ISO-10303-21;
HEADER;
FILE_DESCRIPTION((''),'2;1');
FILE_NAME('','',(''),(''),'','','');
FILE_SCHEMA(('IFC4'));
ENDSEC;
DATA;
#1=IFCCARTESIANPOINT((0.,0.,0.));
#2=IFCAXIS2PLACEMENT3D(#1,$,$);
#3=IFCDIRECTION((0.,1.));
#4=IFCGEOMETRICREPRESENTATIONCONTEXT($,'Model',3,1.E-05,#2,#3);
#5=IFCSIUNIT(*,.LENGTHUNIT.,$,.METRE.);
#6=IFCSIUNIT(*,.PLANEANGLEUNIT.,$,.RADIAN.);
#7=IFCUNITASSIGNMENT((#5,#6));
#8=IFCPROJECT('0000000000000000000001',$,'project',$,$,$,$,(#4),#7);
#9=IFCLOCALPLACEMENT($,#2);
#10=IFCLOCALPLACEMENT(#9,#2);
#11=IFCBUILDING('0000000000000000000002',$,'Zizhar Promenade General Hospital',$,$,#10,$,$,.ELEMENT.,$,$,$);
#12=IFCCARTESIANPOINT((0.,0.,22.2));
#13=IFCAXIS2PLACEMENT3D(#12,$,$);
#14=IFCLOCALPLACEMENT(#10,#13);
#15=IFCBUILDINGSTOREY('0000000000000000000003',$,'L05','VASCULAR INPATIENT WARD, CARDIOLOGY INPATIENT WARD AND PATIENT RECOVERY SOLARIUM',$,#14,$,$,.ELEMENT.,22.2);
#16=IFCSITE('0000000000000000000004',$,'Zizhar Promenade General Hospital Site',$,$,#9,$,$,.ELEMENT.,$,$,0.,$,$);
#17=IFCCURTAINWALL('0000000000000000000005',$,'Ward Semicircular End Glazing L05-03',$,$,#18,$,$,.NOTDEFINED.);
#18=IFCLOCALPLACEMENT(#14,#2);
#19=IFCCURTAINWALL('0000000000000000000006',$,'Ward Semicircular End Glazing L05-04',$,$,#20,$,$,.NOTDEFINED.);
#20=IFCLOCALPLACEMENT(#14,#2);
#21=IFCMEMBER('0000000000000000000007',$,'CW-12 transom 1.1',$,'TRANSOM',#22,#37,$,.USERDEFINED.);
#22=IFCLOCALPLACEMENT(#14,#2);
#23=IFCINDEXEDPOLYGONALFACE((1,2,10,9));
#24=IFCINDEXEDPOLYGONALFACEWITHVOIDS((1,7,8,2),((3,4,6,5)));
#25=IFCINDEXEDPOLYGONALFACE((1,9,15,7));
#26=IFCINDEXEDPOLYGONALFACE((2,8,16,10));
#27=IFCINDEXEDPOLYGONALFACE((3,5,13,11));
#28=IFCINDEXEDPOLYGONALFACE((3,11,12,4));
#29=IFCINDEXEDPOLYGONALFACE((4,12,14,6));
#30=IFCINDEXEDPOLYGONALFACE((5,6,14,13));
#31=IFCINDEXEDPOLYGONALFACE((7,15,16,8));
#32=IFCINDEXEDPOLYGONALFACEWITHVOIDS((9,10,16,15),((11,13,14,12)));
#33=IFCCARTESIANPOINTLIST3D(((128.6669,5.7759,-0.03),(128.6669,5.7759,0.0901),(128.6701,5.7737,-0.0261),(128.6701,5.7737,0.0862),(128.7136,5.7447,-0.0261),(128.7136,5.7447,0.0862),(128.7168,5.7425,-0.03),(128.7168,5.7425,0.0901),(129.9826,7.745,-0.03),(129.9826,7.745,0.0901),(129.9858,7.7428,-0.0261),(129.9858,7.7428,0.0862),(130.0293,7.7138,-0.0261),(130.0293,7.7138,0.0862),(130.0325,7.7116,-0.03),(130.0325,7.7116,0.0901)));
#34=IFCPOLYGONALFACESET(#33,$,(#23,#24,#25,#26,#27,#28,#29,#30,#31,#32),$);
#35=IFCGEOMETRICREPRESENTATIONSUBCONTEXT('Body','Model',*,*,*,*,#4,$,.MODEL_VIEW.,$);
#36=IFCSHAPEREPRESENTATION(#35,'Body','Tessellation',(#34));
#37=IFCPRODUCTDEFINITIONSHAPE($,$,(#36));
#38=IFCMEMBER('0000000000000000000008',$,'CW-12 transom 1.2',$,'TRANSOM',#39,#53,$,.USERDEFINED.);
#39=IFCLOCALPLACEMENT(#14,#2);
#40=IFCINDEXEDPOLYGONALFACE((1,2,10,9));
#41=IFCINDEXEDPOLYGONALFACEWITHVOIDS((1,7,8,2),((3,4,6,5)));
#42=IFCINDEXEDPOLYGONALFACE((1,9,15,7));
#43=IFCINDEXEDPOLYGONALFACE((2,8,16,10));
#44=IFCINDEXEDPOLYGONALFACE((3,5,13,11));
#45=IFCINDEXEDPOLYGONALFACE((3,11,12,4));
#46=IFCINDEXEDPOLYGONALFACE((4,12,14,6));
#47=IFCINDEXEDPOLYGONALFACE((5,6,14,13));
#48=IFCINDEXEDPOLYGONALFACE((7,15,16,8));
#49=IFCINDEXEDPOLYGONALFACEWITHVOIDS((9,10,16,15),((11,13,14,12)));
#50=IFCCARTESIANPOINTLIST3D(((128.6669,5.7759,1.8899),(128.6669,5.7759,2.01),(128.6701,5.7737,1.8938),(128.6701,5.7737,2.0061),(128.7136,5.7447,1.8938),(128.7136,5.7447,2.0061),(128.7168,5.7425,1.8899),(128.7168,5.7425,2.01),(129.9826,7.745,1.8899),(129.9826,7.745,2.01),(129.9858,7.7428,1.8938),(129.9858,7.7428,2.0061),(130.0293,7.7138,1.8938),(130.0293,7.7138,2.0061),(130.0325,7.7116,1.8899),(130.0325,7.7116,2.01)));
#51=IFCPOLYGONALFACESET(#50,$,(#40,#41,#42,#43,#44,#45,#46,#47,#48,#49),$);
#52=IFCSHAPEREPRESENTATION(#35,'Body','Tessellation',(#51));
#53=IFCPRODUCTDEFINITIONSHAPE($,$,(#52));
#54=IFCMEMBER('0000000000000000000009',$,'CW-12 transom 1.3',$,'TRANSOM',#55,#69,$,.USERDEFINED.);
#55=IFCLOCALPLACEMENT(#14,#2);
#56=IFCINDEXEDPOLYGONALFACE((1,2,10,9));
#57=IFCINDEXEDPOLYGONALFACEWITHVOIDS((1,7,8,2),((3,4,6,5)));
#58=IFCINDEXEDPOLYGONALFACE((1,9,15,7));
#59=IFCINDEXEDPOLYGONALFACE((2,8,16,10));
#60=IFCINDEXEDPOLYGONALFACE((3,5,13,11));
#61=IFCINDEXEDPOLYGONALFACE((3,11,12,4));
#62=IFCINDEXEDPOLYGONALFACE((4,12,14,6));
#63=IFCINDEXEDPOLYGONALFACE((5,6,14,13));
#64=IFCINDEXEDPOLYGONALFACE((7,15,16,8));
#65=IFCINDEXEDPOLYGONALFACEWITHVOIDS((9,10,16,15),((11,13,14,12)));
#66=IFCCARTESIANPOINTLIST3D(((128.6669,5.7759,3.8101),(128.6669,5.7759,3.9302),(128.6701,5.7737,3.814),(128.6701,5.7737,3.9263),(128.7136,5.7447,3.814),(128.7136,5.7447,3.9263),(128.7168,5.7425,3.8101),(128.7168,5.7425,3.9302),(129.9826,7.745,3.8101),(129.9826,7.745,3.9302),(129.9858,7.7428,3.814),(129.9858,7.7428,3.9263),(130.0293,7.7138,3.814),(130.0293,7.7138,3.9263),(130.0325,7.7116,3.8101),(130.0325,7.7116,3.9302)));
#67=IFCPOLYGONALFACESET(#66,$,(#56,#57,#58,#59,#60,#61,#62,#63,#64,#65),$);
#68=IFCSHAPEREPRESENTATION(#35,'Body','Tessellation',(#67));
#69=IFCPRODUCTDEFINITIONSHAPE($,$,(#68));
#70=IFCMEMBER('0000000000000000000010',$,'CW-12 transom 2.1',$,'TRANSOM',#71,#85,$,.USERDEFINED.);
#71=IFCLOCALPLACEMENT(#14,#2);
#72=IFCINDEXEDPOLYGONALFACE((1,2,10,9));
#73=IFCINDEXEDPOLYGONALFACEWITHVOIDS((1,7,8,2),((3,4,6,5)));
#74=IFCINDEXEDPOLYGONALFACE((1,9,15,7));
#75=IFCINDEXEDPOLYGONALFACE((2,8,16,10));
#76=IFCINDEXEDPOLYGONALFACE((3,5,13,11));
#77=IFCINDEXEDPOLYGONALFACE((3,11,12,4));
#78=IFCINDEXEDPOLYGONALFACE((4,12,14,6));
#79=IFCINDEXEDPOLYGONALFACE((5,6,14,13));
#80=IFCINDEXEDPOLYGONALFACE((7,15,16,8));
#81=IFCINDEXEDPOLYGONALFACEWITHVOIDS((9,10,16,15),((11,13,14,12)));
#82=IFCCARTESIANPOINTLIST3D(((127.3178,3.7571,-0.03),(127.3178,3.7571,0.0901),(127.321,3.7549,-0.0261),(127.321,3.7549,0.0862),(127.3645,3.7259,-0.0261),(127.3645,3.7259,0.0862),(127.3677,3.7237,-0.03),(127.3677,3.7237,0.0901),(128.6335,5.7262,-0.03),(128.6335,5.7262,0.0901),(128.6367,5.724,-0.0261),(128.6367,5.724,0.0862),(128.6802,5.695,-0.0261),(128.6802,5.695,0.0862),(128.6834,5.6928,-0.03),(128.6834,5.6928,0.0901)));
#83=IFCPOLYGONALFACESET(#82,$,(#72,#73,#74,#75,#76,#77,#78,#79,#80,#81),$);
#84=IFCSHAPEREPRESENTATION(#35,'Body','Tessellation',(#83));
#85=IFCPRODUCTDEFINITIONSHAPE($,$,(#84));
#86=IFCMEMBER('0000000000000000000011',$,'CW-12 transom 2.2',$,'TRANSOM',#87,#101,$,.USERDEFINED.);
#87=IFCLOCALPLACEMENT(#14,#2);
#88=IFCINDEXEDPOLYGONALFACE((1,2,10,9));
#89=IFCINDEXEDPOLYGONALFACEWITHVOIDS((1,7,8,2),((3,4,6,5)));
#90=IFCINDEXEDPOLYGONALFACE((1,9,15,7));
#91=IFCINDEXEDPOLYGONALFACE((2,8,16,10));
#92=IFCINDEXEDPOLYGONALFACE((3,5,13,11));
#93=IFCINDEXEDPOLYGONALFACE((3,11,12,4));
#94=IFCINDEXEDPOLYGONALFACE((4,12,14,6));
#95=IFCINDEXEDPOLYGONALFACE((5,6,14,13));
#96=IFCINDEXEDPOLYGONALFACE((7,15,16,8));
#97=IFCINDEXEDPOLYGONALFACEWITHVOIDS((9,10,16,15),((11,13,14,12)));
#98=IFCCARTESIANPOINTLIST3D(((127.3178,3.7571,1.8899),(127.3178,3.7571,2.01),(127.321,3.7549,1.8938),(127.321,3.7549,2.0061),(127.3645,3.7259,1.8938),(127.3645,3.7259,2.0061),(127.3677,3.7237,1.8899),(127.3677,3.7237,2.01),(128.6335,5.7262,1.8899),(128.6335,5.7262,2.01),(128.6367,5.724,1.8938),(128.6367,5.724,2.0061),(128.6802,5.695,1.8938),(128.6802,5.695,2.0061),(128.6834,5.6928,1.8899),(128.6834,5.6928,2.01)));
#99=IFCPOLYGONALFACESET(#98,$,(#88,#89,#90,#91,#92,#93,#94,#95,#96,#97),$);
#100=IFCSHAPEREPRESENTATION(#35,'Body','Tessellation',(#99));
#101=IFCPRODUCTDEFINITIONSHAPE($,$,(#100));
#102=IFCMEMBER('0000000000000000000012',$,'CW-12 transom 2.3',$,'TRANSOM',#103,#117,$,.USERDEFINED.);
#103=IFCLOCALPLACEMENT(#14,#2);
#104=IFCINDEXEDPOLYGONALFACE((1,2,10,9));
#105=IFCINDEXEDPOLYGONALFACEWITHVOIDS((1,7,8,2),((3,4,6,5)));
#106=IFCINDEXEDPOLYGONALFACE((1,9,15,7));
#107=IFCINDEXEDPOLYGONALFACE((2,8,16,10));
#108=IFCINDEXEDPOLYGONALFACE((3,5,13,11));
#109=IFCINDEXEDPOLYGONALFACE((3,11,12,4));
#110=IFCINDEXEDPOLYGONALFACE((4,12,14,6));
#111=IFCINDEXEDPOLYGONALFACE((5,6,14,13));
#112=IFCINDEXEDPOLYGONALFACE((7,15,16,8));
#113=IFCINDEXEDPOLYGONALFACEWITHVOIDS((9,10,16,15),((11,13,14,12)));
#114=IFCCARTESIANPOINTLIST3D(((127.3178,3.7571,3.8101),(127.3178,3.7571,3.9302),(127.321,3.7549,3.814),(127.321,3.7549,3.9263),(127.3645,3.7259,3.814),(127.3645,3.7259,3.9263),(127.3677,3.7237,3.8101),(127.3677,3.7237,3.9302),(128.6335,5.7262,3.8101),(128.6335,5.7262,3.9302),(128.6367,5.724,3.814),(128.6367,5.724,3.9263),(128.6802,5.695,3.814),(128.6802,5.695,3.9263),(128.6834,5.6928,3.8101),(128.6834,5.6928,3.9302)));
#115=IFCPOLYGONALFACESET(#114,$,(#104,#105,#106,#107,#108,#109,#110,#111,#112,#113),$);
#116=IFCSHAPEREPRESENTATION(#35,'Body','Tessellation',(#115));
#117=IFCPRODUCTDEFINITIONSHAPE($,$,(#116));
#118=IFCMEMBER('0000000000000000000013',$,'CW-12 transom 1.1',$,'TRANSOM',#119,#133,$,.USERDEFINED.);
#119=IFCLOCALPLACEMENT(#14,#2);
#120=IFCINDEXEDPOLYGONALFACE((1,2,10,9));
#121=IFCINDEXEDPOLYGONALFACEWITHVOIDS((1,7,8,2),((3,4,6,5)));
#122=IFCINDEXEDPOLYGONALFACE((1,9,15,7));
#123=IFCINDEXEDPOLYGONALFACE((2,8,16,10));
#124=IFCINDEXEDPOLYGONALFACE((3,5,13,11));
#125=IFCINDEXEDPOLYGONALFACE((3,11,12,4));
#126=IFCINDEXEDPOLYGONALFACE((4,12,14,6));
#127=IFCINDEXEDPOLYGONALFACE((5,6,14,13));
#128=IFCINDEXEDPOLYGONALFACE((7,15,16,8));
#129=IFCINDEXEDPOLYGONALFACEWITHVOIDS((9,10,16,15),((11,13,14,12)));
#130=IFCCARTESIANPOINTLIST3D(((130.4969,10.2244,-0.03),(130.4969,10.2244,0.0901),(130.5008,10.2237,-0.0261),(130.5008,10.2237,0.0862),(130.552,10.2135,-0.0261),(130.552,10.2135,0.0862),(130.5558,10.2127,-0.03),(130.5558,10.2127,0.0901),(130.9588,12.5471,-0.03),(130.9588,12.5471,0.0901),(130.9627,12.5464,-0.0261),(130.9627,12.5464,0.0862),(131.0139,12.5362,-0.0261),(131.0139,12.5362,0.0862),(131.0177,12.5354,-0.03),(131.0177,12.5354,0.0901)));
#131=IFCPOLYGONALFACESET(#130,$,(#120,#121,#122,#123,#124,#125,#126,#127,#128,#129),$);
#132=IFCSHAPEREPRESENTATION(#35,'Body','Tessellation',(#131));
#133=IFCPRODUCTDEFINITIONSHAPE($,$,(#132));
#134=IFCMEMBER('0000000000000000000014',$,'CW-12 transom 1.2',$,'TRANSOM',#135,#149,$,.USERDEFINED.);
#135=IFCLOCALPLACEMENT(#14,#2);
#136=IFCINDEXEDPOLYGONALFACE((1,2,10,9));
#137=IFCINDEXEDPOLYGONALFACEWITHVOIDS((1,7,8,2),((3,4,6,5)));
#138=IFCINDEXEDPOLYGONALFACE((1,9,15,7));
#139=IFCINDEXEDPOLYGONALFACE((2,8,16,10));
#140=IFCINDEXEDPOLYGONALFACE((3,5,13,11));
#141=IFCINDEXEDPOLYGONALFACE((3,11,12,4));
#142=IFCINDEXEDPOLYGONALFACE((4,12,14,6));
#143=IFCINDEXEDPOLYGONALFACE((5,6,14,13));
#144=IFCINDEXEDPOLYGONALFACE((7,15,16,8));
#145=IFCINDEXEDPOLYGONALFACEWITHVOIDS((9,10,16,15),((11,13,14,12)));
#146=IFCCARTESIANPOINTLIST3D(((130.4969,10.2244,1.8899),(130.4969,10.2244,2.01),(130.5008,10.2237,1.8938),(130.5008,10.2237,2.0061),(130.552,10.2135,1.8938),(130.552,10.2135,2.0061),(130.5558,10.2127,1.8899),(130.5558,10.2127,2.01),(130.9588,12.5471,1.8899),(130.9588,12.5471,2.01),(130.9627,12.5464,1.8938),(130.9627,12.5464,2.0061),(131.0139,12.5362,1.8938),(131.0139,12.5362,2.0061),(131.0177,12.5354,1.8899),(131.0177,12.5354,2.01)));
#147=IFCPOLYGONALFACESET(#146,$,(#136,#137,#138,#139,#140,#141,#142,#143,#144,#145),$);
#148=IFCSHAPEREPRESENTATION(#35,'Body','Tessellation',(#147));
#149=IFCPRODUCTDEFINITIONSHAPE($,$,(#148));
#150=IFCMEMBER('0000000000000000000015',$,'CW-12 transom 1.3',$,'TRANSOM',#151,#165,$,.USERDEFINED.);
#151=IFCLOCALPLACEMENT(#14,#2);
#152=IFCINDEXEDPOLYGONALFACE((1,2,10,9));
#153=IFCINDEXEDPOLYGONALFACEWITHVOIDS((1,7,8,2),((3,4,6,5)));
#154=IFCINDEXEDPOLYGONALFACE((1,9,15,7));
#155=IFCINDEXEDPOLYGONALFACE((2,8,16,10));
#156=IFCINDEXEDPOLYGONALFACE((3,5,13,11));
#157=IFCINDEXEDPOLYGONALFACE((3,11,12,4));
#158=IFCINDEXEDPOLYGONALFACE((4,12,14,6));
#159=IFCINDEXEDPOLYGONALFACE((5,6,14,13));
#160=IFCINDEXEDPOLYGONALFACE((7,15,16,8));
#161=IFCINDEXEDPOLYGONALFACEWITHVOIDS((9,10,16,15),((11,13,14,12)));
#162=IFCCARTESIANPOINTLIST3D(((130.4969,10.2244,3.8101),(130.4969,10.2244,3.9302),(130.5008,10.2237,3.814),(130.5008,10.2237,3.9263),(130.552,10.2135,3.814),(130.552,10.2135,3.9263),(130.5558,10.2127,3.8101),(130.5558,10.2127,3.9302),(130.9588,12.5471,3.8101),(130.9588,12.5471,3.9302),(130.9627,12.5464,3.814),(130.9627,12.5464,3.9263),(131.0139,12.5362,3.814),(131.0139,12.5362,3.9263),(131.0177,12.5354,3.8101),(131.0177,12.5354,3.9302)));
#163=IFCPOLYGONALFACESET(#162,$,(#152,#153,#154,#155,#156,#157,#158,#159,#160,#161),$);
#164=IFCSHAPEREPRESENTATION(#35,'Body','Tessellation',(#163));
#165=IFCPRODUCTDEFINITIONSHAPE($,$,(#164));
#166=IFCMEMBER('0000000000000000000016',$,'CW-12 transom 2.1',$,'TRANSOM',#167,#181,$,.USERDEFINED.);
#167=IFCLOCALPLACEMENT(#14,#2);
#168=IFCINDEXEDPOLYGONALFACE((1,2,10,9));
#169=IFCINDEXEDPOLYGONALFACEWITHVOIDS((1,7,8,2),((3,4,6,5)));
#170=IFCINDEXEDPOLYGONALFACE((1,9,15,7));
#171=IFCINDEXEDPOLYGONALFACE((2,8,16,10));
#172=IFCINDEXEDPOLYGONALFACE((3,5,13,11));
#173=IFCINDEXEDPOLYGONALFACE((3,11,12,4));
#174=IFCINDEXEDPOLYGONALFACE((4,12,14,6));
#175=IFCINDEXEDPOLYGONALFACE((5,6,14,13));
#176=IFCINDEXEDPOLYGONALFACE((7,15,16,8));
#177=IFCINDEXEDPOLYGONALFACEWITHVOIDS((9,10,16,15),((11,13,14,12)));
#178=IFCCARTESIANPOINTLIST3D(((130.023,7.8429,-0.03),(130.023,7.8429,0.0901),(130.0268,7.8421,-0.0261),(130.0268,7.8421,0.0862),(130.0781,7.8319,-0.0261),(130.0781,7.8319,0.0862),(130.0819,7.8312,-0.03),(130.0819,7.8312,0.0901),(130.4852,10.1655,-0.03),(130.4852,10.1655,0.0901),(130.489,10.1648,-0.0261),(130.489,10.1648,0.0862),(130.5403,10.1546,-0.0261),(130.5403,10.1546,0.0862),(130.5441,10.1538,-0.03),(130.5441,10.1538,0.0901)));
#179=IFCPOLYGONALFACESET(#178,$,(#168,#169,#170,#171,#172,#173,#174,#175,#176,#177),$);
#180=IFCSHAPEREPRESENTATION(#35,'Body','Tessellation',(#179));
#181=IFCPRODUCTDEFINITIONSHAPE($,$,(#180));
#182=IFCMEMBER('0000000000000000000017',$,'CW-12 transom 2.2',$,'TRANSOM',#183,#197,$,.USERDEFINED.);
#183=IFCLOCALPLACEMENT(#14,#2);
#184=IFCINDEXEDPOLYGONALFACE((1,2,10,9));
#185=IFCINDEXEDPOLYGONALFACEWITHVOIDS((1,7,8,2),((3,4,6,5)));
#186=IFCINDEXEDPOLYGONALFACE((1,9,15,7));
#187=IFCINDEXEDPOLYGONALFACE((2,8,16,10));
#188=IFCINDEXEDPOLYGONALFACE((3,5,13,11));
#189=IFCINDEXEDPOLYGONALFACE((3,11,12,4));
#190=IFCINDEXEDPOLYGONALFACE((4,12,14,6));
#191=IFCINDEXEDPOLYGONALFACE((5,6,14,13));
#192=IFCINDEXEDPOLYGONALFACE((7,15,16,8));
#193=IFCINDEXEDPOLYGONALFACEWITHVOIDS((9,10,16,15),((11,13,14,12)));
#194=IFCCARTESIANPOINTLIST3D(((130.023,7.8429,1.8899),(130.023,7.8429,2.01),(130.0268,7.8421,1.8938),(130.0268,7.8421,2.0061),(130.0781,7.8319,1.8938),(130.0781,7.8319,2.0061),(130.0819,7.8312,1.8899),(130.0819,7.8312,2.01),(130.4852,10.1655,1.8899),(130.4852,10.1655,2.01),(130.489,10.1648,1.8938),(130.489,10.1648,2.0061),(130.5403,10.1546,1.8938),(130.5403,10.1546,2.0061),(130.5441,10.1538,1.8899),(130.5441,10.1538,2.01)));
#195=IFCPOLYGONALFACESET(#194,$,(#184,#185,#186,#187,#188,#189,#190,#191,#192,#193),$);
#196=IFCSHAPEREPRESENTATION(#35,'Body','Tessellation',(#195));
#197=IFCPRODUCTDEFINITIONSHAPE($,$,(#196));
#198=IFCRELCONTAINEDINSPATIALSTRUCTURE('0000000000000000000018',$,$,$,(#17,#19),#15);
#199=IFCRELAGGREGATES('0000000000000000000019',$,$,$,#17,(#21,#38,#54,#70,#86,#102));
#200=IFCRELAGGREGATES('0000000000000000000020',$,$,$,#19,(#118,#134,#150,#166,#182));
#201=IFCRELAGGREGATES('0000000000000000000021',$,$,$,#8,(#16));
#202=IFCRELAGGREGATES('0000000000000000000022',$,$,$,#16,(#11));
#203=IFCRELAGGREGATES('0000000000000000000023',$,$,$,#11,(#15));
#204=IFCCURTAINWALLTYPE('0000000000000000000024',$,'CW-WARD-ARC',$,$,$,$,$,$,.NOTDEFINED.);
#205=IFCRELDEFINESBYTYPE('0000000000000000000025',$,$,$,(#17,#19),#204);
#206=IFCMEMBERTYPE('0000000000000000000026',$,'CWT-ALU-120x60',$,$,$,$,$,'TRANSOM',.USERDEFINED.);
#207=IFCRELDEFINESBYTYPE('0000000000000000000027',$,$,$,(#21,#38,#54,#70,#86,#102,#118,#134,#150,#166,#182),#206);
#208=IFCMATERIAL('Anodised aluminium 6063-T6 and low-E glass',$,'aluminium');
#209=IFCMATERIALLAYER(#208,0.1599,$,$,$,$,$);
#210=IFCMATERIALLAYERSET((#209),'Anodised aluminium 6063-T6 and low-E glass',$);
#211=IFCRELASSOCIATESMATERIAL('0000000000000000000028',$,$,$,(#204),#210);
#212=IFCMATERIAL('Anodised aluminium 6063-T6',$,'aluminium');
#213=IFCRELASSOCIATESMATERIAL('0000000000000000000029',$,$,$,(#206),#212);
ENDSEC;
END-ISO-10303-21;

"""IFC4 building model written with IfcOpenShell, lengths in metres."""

from ifc_helpers import new_model, si_unit, direction, frame, origin, origin_2d, place, context, subcontext, project, spatial, hollow_rectangle, extrude, material, layer, layer_set, material_profile, profile_set, type_object, element, aggregate, save


model = new_model("IFC4")

# Units and contexts
model_context = context("Model", 3, precision=1e-05, world=origin(), true_north=direction((0.0, 1.0)))
body_context = subcontext(model_context, "Body", "Model", "MODEL_VIEW")
ifc_project = project(units=[si_unit("LENGTHUNIT", "METRE"), si_unit("PLANEANGLEUNIT", "RADIAN")], contexts=[model_context])

# Site, building, storey
site_placement = place(None, origin())
site = spatial("IfcSite", under=ifc_project, at=site_placement, Name="Zizhar Promenade General Hospital Site", CompositionType="ELEMENT", RefElevation=0.0)
building_placement = place(site_placement, origin())
building = spatial("IfcBuilding", under=site, at=building_placement, Name="Zizhar Promenade General Hospital", CompositionType="ELEMENT")
storey_placement = place(building_placement, frame((0.0, 0.0, 22.2)))
storey = spatial("IfcBuildingStorey", under=building, at=storey_placement, Name="L05", Description="VASCULAR INPATIENT WARD, CARDIOLOGY INPATIENT WARD AND PATIENT RECOVERY SOLARIUM", CompositionType="ELEMENT", Elevation=22.2)

# Curtain walls
ifc_material_1 = material(Name="Anodised aluminium 6063-T6 and low-E glass", Category="aluminium")
ifc_layer_1 = layer(ifc_material_1, 0.1599)
ifc_layer_set_1 = layer_set([ifc_layer_1], Name="Anodised aluminium 6063-T6 and low-E glass")
curtain_wall_type = type_object("IfcCurtainWallType", Name="CW-WARD-ARC", PredefinedType="NOTDEFINED", material=ifc_layer_set_1)
curtain_wall_1_placement = place(storey_placement, origin())
curtain_wall_1 = element("IfcCurtainWall", 1, at=curtain_wall_1_placement, inside=storey, type_object=curtain_wall_type, Name="Ward Semicircular End Glazing L05-03", PredefinedType="NOTDEFINED")
curtain_wall_2_placement = place(storey_placement, origin())
curtain_wall_2 = element("IfcCurtainWall", 2, at=curtain_wall_2_placement, inside=storey, type_object=curtain_wall_type, Name="Ward Semicircular End Glazing L05-04", PredefinedType="NOTDEFINED")

# Members
ifc_material_2 = material(Name="Anodised aluminium 6063-T6", Category="aluminium")
ifc_material_profile_1 = material_profile(ifc_material_2, hollow_rectangle(XDim=0.0601, YDim=0.1201, WallThickness=0.0039, at=origin_2d()))
ifc_profile_set_1 = profile_set([ifc_material_profile_1], Name="Anodised aluminium 6063-T6")
member_type_1 = type_object("IfcMemberType", Name="CWT-ALU-120x60", ElementType="TRANSOM", PredefinedType="USERDEFINED", material=ifc_profile_set_1)
member_1_placement = place(storey_placement, frame((130.0076, 7.7283, 0.03), z_axis=(-0.55558, -0.831463, 0.0), x_axis=(0.831463, -0.55558, 0.0)))
member_1 = element("IfcMember", 3, at=member_1_placement, type_object=member_type_1, Name="CW-12 transom 1.1", ObjectType="TRANSOM", PredefinedType="USERDEFINED", context=body_context, shape_type="SweptSolid", body=[
    extrude(hollow_rectangle(XDim=0.0601, YDim=0.1201, WallThickness=0.0039, at=origin_2d()), origin(), (0.0, 0.0, 1.0), 2.3682),
])
member_2_placement = place(storey_placement, frame((130.0076, 7.7283, 1.95), z_axis=(-0.55558, -0.831463, 0.0), x_axis=(0.831463, -0.55558, 0.0)))
member_2 = element("IfcMember", 4, at=member_2_placement, type_object=member_type_1, Name="CW-12 transom 1.2", ObjectType="TRANSOM", PredefinedType="USERDEFINED", context=body_context, shape_type="SweptSolid", body=[
    extrude(hollow_rectangle(XDim=0.0601, YDim=0.1201, WallThickness=0.0039, at=origin_2d()), origin(), (0.0, 0.0, 1.0), 2.3682),
])
member_3_placement = place(storey_placement, frame((130.0076, 7.7283, 3.8701), z_axis=(-0.55558, -0.831463, 0.0), x_axis=(0.831463, -0.55558, 0.0)))
member_3 = element("IfcMember", 5, at=member_3_placement, type_object=member_type_1, Name="CW-12 transom 1.3", ObjectType="TRANSOM", PredefinedType="USERDEFINED", context=body_context, shape_type="SweptSolid", body=[
    extrude(hollow_rectangle(XDim=0.0601, YDim=0.1201, WallThickness=0.0039, at=origin_2d()), origin(), (0.0, 0.0, 1.0), 2.3682),
])
member_4_placement = place(storey_placement, frame((128.6584, 5.7095, 0.03), z_axis=(-0.55558, -0.831463, 0.0), x_axis=(0.831463, -0.55558, 0.0)))
member_4 = element("IfcMember", 6, at=member_4_placement, type_object=member_type_1, Name="CW-12 transom 2.1", ObjectType="TRANSOM", PredefinedType="USERDEFINED", context=body_context, shape_type="SweptSolid", body=[
    extrude(hollow_rectangle(XDim=0.0601, YDim=0.1201, WallThickness=0.0039, at=origin_2d()), origin(), (0.0, 0.0, 1.0), 2.3682),
])
member_5_placement = place(storey_placement, frame((128.6584, 5.7095, 1.95), z_axis=(-0.55558, -0.831463, 0.0), x_axis=(0.831463, -0.55558, 0.0)))
member_5 = element("IfcMember", 7, at=member_5_placement, type_object=member_type_1, Name="CW-12 transom 2.2", ObjectType="TRANSOM", PredefinedType="USERDEFINED", context=body_context, shape_type="SweptSolid", body=[
    extrude(hollow_rectangle(XDim=0.0601, YDim=0.1201, WallThickness=0.0039, at=origin_2d()), origin(), (0.0, 0.0, 1.0), 2.3682),
])
member_6_placement = place(storey_placement, frame((128.6584, 5.7095, 3.8701), z_axis=(-0.55558, -0.831463, 0.0), x_axis=(0.831463, -0.55558, 0.0)))
member_6 = element("IfcMember", 8, at=member_6_placement, type_object=member_type_1, Name="CW-12 transom 2.3", ObjectType="TRANSOM", PredefinedType="USERDEFINED", context=body_context, shape_type="SweptSolid", body=[
    extrude(hollow_rectangle(XDim=0.0601, YDim=0.1201, WallThickness=0.0039, at=origin_2d()), origin(), (0.0, 0.0, 1.0), 2.3682),
])
member_7_placement = place(storey_placement, frame((130.9883, 12.5413, 0.03), z_axis=(-0.195045, -0.980794, 0.0), x_axis=(0.980794, -0.195045, 0.0)))
member_7 = element("IfcMember", 9, at=member_7_placement, type_object=member_type_1, Name="CW-12 transom 1.1", ObjectType="TRANSOM", PredefinedType="USERDEFINED", context=body_context, shape_type="SweptSolid", body=[
    extrude(hollow_rectangle(XDim=0.0601, YDim=0.1201, WallThickness=0.0039, at=origin_2d()), origin(), (0.0, 0.0, 1.0), 2.3682),
])
member_8_placement = place(storey_placement, frame((130.9883, 12.5413, 1.95), z_axis=(-0.195045, -0.980794, 0.0), x_axis=(0.980794, -0.195045, 0.0)))
member_8 = element("IfcMember", 10, at=member_8_placement, type_object=member_type_1, Name="CW-12 transom 1.2", ObjectType="TRANSOM", PredefinedType="USERDEFINED", context=body_context, shape_type="SweptSolid", body=[
    extrude(hollow_rectangle(XDim=0.0601, YDim=0.1201, WallThickness=0.0039, at=origin_2d()), origin(), (0.0, 0.0, 1.0), 2.3682),
])
member_9_placement = place(storey_placement, frame((130.9883, 12.5413, 3.8701), z_axis=(-0.195045, -0.980794, 0.0), x_axis=(0.980794, -0.195045, 0.0)))
member_9 = element("IfcMember", 11, at=member_9_placement, type_object=member_type_1, Name="CW-12 transom 1.3", ObjectType="TRANSOM", PredefinedType="USERDEFINED", context=body_context, shape_type="SweptSolid", body=[
    extrude(hollow_rectangle(XDim=0.0601, YDim=0.1201, WallThickness=0.0039, at=origin_2d()), origin(), (0.0, 0.0, 1.0), 2.3682),
])
member_10_placement = place(storey_placement, frame((130.5146, 10.1597, 0.03), z_axis=(-0.195164, -0.980771, 0.0), x_axis=(0.980771, -0.195164, 0.0)))
member_10 = element("IfcMember", 12, at=member_10_placement, type_object=member_type_1, Name="CW-12 transom 2.1", ObjectType="TRANSOM", PredefinedType="USERDEFINED", context=body_context, shape_type="SweptSolid", body=[
    extrude(hollow_rectangle(XDim=0.0601, YDim=0.1201, WallThickness=0.0039, at=origin_2d()), origin(), (0.0, 0.0, 1.0), 2.3682),
])
member_11_placement = place(storey_placement, frame((130.5146, 10.1597, 1.95), z_axis=(-0.195164, -0.980771, 0.0), x_axis=(0.980771, -0.195164, 0.0)))
member_11 = element("IfcMember", 13, at=member_11_placement, type_object=member_type_1, Name="CW-12 transom 2.2", ObjectType="TRANSOM", PredefinedType="USERDEFINED", context=body_context, shape_type="SweptSolid", body=[
    extrude(hollow_rectangle(XDim=0.0601, YDim=0.1201, WallThickness=0.0039, at=origin_2d()), origin(), (0.0, 0.0, 1.0), 2.3682),
])

aggregate(curtain_wall_1, [member_1, member_2, member_3, member_4, member_5, member_6])
aggregate(curtain_wall_2, [member_7, member_8, member_9, member_10, member_11])

save(model, "model.ifc")
